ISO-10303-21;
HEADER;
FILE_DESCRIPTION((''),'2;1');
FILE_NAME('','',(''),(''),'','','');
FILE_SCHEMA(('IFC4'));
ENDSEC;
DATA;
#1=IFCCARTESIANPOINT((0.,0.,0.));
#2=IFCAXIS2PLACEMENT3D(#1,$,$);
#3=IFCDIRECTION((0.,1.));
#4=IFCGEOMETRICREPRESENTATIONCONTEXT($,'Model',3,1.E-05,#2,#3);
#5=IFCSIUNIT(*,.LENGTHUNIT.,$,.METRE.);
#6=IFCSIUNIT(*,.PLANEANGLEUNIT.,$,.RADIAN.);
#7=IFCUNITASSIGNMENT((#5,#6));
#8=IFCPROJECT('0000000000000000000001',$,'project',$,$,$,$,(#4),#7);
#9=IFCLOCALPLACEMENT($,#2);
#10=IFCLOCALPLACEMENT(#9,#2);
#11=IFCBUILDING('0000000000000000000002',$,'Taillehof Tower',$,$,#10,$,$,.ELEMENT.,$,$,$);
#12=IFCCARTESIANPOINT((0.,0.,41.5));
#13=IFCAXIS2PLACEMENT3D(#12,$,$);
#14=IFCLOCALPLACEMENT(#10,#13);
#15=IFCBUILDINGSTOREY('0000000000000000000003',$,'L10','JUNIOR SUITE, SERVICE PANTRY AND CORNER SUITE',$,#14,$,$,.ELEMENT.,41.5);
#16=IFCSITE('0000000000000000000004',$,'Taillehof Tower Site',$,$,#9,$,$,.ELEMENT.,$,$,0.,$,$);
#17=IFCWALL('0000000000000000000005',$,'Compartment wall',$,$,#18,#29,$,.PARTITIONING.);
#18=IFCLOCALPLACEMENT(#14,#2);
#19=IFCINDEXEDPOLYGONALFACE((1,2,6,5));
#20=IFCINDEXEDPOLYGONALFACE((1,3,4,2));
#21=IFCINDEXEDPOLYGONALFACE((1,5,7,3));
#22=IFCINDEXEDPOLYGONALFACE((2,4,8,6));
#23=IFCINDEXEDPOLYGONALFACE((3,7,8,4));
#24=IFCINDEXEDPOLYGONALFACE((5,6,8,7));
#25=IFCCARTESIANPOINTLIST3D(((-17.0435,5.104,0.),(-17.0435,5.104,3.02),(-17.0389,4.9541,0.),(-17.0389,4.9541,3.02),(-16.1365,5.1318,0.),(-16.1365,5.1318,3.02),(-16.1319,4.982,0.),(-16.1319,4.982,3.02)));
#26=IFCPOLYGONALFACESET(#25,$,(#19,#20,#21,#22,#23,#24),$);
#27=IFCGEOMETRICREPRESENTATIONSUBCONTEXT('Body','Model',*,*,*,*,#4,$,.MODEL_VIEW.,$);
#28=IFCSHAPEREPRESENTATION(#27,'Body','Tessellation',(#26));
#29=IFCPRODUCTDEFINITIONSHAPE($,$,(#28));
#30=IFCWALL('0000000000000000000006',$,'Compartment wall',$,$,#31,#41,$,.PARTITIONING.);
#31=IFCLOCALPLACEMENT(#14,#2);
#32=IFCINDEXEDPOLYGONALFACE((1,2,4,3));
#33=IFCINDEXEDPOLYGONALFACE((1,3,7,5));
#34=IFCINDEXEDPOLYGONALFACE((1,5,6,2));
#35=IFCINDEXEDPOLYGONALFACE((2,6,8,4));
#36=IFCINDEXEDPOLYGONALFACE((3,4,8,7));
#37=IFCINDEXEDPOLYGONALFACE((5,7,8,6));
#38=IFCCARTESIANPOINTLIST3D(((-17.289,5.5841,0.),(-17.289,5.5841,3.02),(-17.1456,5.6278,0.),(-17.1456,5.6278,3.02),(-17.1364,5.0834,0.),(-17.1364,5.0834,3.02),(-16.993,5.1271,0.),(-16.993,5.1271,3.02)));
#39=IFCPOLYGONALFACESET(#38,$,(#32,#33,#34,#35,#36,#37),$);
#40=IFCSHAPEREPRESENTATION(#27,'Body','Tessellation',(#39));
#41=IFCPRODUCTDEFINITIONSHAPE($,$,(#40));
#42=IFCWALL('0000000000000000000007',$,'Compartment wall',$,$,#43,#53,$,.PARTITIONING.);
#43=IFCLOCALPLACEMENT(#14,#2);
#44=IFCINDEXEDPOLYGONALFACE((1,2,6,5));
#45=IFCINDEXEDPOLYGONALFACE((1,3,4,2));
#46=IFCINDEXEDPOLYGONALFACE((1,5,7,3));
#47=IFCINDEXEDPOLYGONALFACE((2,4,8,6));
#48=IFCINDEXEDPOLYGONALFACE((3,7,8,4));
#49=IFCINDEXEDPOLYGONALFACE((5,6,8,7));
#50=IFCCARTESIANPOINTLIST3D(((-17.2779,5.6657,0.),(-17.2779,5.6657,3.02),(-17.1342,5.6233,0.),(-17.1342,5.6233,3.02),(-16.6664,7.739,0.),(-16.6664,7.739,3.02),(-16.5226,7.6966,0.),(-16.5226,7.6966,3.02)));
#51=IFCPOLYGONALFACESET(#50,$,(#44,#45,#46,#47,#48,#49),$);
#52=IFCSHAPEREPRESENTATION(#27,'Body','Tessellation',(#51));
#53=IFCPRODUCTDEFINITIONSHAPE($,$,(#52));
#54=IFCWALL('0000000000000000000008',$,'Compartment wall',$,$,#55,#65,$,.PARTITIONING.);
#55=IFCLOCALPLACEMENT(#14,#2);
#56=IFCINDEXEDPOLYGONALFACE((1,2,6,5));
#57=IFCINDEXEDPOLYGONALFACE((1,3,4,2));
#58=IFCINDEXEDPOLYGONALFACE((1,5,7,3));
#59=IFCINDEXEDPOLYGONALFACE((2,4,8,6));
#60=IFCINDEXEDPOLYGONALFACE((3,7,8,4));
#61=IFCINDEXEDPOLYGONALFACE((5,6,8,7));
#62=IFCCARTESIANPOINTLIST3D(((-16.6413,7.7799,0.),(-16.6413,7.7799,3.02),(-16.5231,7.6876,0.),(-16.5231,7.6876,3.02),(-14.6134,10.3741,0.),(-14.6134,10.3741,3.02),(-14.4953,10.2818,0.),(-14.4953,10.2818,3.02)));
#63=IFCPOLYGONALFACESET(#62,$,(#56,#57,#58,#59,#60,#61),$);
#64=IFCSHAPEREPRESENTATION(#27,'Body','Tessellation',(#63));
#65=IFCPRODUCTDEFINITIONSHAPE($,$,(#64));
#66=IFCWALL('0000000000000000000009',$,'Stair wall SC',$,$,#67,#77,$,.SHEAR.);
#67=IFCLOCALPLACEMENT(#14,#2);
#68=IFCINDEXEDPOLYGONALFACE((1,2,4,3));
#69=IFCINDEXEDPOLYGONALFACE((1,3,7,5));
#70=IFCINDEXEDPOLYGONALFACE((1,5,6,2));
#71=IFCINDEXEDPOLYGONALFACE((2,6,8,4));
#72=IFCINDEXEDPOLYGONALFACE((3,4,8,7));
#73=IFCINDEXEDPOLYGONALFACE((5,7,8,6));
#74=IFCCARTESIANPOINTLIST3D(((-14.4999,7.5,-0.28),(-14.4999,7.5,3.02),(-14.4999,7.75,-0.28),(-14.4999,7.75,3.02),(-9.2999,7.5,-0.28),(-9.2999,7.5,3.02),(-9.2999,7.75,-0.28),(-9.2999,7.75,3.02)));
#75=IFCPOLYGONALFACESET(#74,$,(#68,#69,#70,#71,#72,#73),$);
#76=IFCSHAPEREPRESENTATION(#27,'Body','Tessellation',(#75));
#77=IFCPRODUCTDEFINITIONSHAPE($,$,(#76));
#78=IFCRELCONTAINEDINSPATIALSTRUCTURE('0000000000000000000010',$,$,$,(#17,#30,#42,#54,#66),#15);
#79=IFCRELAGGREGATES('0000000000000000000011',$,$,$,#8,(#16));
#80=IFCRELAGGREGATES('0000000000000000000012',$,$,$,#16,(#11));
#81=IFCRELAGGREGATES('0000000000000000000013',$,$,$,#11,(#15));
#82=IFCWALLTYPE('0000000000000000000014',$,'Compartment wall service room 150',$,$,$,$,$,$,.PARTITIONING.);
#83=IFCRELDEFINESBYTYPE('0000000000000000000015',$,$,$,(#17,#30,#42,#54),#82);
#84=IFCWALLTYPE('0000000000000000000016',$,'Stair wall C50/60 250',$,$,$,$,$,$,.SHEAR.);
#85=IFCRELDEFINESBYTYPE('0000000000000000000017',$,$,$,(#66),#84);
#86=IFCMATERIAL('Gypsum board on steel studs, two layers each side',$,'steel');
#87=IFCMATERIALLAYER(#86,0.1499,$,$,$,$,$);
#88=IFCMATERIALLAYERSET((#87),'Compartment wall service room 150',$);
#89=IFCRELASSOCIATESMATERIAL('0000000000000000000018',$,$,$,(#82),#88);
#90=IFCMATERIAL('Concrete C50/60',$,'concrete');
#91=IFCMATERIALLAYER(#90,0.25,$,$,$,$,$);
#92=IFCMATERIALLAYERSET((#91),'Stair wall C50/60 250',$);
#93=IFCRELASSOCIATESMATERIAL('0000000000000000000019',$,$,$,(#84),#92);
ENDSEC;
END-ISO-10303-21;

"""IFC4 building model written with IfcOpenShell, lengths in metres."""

from ifc_helpers import new_model, si_unit, direction, frame, frame_2d, origin, place, context, subcontext, project, spatial, rectangle, extrude, material, layer, layer_set, type_object, element, save


model = new_model("IFC4")

# Units and contexts
model_context = context("Model", 3, precision=1e-05, world=origin(), true_north=direction((0.0, 1.0)))
body_context = subcontext(model_context, "Body", "Model", "MODEL_VIEW")
ifc_project = project(units=[si_unit("LENGTHUNIT", "METRE"), si_unit("PLANEANGLEUNIT", "RADIAN")], contexts=[model_context])

# Site, building, storey
site_placement = place(None, origin())
site = spatial("IfcSite", under=ifc_project, at=site_placement, Name="Taillehof Tower Site", CompositionType="ELEMENT", RefElevation=0.0)
building_placement = place(site_placement, origin())
building = spatial("IfcBuilding", under=site, at=building_placement, Name="Taillehof Tower", CompositionType="ELEMENT")
storey_placement = place(building_placement, frame((0.0, 0.0, 41.5)))
storey = spatial("IfcBuildingStorey", under=building, at=storey_placement, Name="L10", Description="JUNIOR SUITE, SERVICE PANTRY AND CORNER SUITE", CompositionType="ELEMENT", Elevation=41.5)

# Shared definitions
ifc_material_1 = material(Name="Gypsum board on steel studs, two layers each side", Category="steel")
ifc_layer_1 = layer(ifc_material_1, 0.1499)
ifc_layer_set_1 = layer_set([ifc_layer_1], Name="Compartment wall service room 150")
wall_type_1 = type_object("IfcWallType", Name="Compartment wall service room 150", PredefinedType="PARTITIONING", material=ifc_layer_set_1)

# Walls
wall_1_placement = place(storey_placement, frame((-16.1343, 5.0569, 0.0), z_axis=(0.0, 0.0, 1.0), x_axis=(-0.99953, -0.030672, 0.0)))
element("IfcWall", 1, at=wall_1_placement, inside=storey, type_object=wall_type_1, Name="Compartment wall", PredefinedType="PARTITIONING", context=body_context, shape_type="SweptSolid", body=[
    extrude(rectangle(XDim=0.9075, YDim=0.1499, at=frame_2d((0.4536, 0.0))), origin(), (0.0, 0.0, 1.0), 3.02),
])
wall_2_placement = place(storey_placement, frame((-17.0647, 5.1052, 0.0), z_axis=(0.0, 0.0, 1.0), x_axis=(-0.291496, 0.956572, 0.0)))
element("IfcWall", 2, at=wall_2_placement, inside=storey, type_object=wall_type_1, Name="Compartment wall", PredefinedType="PARTITIONING", context=body_context, shape_type="SweptSolid", body=[
    extrude(rectangle(XDim=0.5234, YDim=0.1499, at=frame_2d((0.2617, 0.0))), origin(), (0.0, 0.0, 1.0), 3.02),
])
wall_3_placement = place(storey_placement, frame((-17.2061, 5.6445, 0.0), z_axis=(0.0, 0.0, 1.0), x_axis=(0.282931, 0.95914, 0.0)))
element("IfcWall", 3, at=wall_3_placement, inside=storey, type_object=wall_type_1, Name="Compartment wall", PredefinedType="PARTITIONING", context=body_context, shape_type="SweptSolid", body=[
    extrude(rectangle(XDim=2.1616, YDim=0.1499, at=frame_2d((1.0808, 0.0))), origin(), (0.0, 0.0, 1.0), 3.02),
])
wall_4_placement = place(storey_placement, frame((-16.5823, 7.7336, 0.0), z_axis=(0.0, 0.0, 1.0), x_axis=(0.615848, 0.787865, 0.0)))
element("IfcWall", 4, at=wall_4_placement, inside=storey, type_object=wall_type_1, Name="Compartment wall", PredefinedType="PARTITIONING", context=body_context, shape_type="SweptSolid", body=[
    extrude(rectangle(XDim=3.2927, YDim=0.1499, at=frame_2d((1.6465, 0.0))), origin(), (0.0, 0.0, 1.0), 3.02),
])
ifc_material_2 = material(Name="Concrete C50/60", Category="concrete")
ifc_layer_2 = layer(ifc_material_2, 0.25)
ifc_layer_set_2 = layer_set([ifc_layer_2], Name="Stair wall C50/60 250")
wall_type_2 = type_object("IfcWallType", Name="Stair wall C50/60 250", PredefinedType="SHEAR", material=ifc_layer_set_2)
wall_5_placement = place(storey_placement, frame((-14.5, 7.625, -0.28), z_axis=(0.0, 0.0, 1.0), x_axis=(1.0, 0.0, 0.0)))
element("IfcWall", 5, at=wall_5_placement, inside=storey, type_object=wall_type_2, Name="Stair wall SC", PredefinedType="SHEAR", context=body_context, shape_type="SweptSolid", body=[
    extrude(rectangle(XDim=5.2, YDim=0.25, at=frame_2d((2.6001, 0.0))), origin(), (0.0, 0.0, 1.0), 3.3),
])

save(model, "model.ifc")
